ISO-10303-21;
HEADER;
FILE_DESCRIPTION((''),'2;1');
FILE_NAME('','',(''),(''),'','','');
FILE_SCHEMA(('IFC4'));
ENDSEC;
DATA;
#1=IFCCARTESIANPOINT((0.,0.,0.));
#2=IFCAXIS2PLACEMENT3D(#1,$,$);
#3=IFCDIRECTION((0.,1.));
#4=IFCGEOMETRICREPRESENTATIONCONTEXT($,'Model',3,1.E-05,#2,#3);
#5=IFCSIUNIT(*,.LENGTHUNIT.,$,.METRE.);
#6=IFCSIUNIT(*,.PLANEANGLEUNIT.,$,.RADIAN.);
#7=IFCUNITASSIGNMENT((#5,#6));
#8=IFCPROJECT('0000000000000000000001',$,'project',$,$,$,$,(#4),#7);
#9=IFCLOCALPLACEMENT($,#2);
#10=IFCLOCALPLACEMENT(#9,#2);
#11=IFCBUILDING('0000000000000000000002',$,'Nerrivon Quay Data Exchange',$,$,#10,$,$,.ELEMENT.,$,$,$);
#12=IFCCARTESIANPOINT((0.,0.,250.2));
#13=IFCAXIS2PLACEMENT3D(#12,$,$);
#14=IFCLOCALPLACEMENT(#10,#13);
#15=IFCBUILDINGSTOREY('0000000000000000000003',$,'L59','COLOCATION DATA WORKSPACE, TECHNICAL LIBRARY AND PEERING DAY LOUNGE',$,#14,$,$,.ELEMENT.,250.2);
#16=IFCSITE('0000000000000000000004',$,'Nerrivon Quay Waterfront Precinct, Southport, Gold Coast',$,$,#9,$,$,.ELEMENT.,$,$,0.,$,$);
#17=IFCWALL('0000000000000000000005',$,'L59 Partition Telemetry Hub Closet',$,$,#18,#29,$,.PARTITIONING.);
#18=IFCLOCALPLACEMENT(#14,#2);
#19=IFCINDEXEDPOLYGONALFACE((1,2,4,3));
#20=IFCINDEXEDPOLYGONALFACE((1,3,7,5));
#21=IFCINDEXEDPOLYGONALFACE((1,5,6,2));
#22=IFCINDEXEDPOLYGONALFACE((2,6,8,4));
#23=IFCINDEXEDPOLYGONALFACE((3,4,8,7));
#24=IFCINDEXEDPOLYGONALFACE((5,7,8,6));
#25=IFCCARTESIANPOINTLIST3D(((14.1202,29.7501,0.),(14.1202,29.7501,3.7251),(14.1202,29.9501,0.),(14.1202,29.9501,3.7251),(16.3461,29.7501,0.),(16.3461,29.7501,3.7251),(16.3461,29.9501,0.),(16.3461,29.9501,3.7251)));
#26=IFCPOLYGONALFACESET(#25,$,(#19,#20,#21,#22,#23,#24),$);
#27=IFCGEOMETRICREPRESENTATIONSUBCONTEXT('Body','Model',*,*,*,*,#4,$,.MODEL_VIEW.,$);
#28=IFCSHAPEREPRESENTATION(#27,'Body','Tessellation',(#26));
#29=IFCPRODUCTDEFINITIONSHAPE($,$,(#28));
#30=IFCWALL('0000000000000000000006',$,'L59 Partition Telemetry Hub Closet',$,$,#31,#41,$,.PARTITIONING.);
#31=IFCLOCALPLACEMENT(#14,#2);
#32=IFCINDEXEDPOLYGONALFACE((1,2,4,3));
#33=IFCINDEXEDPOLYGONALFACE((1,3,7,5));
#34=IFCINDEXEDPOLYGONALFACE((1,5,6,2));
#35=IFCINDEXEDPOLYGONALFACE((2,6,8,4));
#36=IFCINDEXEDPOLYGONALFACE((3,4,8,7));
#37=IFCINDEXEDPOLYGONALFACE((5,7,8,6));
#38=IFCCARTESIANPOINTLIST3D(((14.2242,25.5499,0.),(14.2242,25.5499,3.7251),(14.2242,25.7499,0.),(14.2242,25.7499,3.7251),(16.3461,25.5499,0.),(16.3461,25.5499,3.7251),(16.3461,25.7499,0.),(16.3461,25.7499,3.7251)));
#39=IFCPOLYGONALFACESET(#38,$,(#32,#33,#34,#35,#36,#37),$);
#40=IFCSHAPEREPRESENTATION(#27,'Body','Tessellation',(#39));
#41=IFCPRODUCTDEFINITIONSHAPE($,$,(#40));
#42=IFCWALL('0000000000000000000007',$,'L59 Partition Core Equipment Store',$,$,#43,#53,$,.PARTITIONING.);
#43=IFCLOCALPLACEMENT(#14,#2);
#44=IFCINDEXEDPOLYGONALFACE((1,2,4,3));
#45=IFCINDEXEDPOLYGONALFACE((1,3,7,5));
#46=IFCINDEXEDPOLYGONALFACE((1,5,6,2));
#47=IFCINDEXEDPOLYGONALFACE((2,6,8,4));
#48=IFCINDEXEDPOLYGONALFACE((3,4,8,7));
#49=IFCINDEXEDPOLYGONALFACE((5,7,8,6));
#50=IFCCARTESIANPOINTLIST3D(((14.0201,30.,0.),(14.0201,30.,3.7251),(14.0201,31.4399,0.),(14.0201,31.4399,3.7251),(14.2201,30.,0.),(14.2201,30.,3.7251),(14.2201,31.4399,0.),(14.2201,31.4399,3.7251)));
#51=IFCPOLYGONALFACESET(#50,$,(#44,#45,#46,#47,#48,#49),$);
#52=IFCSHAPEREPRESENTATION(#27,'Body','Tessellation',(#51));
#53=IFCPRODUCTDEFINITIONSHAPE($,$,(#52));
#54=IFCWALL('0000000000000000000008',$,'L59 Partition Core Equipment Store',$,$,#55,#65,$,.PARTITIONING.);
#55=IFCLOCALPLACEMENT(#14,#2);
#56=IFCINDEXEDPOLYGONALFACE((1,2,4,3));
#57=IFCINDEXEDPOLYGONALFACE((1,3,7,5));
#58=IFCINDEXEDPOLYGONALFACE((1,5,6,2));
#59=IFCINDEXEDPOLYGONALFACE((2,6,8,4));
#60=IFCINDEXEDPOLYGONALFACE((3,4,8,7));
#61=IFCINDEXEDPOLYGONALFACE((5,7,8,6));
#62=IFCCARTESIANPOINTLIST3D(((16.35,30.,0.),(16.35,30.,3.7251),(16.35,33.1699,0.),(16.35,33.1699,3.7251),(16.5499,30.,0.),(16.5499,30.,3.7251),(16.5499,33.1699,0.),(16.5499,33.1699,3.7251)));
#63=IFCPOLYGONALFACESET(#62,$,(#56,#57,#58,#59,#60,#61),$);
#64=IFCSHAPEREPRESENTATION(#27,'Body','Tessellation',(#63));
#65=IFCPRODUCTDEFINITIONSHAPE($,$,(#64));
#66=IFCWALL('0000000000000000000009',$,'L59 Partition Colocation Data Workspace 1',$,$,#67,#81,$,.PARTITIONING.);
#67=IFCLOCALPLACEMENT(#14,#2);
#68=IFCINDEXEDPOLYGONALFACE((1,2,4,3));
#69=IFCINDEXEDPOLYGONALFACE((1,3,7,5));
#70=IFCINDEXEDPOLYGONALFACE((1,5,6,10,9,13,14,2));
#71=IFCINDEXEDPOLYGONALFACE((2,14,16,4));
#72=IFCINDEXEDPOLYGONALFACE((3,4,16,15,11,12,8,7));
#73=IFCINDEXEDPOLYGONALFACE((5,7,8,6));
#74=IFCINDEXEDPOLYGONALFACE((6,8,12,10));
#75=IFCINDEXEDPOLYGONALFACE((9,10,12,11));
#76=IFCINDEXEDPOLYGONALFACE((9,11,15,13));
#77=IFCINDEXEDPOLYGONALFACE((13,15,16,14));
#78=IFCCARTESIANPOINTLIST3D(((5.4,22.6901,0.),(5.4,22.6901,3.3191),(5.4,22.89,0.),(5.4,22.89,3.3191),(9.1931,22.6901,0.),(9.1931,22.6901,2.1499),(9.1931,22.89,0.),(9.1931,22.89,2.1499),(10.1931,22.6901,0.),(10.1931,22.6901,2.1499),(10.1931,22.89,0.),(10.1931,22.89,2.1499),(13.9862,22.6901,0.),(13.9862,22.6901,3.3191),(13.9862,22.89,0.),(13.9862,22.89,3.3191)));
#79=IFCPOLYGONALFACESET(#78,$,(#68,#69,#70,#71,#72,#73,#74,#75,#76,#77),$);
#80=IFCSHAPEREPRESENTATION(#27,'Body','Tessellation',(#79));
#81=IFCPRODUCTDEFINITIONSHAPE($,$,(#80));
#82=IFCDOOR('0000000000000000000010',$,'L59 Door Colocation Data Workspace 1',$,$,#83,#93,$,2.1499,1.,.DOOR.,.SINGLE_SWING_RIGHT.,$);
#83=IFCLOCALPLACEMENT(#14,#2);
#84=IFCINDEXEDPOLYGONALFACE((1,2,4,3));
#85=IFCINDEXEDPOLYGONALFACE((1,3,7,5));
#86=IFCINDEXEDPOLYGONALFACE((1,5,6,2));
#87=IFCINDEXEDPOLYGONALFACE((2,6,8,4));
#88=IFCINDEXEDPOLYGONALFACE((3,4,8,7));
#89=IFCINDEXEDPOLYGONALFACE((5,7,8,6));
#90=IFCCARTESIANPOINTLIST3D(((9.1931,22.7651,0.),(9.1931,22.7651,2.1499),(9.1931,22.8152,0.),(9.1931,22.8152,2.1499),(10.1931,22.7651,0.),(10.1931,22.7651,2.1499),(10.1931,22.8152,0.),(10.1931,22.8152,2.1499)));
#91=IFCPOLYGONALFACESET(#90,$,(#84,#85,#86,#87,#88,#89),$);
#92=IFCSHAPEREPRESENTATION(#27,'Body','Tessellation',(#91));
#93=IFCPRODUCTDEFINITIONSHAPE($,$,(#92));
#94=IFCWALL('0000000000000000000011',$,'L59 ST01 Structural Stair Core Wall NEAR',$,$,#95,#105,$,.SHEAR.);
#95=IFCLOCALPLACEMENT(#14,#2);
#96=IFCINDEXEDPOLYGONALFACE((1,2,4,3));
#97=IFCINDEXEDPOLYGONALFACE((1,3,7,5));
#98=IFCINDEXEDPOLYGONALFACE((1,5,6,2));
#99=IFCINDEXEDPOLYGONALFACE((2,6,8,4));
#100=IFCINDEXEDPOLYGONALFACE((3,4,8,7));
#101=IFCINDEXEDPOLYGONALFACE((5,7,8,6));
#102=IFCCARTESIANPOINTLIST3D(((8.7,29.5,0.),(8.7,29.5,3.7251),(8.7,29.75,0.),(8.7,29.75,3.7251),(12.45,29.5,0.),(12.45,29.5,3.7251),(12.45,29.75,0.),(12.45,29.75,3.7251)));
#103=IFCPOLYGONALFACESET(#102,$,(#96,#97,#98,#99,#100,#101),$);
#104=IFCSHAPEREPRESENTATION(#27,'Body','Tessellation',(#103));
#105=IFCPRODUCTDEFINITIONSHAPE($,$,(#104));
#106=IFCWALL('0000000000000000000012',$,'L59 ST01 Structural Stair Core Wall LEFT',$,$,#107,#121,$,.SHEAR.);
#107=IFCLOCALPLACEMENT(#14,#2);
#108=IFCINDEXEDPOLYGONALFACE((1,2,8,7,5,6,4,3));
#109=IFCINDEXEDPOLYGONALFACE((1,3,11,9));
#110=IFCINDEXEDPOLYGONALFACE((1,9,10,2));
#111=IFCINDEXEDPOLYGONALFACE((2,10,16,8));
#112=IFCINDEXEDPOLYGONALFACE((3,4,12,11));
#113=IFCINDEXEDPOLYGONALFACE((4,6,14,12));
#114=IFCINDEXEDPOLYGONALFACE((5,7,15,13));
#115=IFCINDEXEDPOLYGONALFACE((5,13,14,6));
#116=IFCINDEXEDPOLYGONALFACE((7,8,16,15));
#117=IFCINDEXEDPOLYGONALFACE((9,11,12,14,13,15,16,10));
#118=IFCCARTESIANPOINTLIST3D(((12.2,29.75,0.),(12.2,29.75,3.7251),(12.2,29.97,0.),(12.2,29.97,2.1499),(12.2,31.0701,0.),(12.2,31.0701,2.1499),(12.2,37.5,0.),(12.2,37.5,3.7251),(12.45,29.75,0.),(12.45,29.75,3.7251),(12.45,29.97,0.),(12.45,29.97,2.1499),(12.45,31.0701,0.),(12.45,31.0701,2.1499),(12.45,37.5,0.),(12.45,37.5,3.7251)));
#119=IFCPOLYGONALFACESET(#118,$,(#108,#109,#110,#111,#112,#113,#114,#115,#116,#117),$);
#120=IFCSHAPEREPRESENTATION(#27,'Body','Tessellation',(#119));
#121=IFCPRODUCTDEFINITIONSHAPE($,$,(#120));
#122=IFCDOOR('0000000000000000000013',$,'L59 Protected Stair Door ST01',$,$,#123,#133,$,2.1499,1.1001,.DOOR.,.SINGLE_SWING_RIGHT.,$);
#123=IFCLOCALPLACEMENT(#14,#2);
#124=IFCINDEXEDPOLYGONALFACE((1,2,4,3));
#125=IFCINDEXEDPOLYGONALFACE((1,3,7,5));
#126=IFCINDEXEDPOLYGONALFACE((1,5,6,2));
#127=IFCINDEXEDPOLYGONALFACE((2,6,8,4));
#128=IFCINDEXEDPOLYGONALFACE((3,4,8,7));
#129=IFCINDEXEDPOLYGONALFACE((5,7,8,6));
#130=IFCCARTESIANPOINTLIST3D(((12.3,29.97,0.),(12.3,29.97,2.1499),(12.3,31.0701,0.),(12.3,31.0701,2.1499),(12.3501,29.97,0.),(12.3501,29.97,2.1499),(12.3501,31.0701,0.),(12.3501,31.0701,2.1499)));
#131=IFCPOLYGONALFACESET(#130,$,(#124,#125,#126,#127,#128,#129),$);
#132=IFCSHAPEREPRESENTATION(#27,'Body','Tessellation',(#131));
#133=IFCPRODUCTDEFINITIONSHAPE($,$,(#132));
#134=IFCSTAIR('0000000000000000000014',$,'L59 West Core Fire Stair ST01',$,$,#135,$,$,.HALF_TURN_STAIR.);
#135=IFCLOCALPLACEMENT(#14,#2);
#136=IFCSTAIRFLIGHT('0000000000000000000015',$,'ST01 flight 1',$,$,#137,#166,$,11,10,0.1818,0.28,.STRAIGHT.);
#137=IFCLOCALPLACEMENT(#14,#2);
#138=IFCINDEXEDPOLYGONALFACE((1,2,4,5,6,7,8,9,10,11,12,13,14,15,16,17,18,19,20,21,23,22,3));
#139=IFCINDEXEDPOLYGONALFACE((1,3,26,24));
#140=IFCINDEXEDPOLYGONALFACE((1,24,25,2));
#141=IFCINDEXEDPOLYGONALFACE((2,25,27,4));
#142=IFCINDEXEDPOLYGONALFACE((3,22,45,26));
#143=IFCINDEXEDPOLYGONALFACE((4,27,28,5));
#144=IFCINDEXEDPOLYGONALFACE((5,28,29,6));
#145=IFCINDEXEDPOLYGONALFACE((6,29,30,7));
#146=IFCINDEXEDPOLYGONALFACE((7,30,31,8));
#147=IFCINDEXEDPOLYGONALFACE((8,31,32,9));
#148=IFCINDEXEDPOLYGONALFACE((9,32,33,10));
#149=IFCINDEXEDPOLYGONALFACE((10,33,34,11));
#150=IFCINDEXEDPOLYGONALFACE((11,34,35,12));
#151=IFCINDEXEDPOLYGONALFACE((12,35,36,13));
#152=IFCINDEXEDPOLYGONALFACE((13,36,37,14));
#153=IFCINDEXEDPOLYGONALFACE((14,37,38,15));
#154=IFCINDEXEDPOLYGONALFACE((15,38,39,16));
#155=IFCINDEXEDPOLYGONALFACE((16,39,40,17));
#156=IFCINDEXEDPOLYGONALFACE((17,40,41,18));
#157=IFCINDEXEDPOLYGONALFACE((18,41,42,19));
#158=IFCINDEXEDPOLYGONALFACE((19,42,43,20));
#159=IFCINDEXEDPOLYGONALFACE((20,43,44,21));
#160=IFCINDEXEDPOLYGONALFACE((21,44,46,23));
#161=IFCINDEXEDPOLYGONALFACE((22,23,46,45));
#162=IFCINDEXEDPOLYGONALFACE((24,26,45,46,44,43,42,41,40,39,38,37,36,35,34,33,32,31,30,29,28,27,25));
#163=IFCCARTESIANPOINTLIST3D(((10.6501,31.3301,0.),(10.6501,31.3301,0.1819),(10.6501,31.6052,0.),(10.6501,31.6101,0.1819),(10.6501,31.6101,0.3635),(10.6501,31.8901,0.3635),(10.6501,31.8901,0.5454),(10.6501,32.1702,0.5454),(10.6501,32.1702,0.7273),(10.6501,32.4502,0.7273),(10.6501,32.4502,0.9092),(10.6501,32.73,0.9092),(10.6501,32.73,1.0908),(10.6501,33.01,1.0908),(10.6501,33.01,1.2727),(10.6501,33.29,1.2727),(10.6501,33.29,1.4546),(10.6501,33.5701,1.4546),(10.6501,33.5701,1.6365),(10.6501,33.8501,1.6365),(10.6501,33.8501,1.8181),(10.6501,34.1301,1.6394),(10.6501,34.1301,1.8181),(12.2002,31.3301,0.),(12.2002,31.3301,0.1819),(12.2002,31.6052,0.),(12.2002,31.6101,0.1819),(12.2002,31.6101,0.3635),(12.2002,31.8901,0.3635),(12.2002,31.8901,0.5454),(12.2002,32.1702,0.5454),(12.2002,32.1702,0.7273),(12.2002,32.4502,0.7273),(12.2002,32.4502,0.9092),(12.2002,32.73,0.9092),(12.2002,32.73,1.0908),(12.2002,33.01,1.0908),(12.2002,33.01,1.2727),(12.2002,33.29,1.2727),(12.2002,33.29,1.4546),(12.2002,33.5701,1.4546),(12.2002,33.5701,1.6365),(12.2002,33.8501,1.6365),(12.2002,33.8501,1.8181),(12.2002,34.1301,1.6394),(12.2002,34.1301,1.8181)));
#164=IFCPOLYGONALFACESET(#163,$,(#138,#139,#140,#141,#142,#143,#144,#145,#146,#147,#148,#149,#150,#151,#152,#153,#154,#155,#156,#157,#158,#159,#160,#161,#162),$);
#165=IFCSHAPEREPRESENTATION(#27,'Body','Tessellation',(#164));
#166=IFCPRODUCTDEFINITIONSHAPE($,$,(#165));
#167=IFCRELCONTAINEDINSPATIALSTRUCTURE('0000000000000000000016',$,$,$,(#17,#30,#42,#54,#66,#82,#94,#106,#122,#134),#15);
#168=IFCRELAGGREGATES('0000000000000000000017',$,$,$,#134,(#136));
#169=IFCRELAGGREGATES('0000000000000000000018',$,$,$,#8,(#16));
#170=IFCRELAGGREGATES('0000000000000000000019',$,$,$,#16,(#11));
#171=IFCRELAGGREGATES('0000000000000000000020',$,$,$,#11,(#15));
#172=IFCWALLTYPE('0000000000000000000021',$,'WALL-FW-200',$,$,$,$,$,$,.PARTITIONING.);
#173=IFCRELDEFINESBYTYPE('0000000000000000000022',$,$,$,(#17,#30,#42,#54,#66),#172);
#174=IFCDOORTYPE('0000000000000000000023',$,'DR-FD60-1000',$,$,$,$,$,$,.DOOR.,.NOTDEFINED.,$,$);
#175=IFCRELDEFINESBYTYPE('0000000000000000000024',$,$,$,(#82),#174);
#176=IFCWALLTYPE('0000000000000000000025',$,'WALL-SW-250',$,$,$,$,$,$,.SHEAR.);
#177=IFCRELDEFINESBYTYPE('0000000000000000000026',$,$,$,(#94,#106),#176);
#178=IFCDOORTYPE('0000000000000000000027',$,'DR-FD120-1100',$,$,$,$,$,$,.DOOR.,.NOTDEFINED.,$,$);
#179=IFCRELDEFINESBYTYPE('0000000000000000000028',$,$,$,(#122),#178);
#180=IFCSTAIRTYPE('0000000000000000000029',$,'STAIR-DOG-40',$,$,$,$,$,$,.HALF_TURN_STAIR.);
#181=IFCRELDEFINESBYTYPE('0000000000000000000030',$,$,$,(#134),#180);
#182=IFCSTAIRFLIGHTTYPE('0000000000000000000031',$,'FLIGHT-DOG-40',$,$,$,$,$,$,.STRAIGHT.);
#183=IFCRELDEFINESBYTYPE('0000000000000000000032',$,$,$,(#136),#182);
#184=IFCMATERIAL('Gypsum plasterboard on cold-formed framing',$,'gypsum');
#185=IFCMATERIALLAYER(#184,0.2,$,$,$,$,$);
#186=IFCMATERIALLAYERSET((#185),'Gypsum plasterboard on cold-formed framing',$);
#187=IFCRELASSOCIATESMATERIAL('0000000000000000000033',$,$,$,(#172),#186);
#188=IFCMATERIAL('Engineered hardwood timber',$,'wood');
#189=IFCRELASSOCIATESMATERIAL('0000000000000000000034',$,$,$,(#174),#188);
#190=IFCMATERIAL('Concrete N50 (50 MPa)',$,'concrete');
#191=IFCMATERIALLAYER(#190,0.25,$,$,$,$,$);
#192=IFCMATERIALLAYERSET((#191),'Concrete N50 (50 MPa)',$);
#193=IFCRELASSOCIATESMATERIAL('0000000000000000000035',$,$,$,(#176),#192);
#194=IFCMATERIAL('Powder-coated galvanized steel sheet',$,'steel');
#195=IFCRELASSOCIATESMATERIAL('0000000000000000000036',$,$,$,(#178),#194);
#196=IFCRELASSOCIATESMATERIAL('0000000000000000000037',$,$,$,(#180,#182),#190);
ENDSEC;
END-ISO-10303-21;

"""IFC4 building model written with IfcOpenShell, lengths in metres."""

from ifc_helpers import new_model, si_unit, direction, frame, frame_2d, origin, place, context, subcontext, project, spatial, polyline, rectangle, outline, extrude, material, layer, layer_set, type_object, element, fill, aggregate, save


model = new_model("IFC4")

# Units and contexts
model_context = context("Model", 3, precision=1e-05, world=origin(), true_north=direction((0.0, 1.0)))
body_context = subcontext(model_context, "Body", "Model", "MODEL_VIEW")
ifc_project = project(units=[si_unit("LENGTHUNIT", "METRE"), si_unit("PLANEANGLEUNIT", "RADIAN")], contexts=[model_context])

# Site, building, storey
site_placement = place(None, origin())
site = spatial("IfcSite", under=ifc_project, at=site_placement, Name="Nerrivon Quay Waterfront Precinct, Southport, Gold Coast", CompositionType="ELEMENT", RefElevation=0.0)
building_placement = place(site_placement, origin())
building = spatial("IfcBuilding", under=site, at=building_placement, Name="Nerrivon Quay Data Exchange", CompositionType="ELEMENT")
storey_placement = place(building_placement, frame((0.0, 0.0, 250.2)))
storey = spatial("IfcBuildingStorey", under=building, at=storey_placement, Name="L59", Description="COLOCATION DATA WORKSPACE, TECHNICAL LIBRARY AND PEERING DAY LOUNGE", CompositionType="ELEMENT", Elevation=250.2)

# Shared definitions
ifc_material_1 = material(Name="Concrete N50 (50 MPa)", Category="concrete")

# Shared definitions
ifc_material_2 = material(Name="Gypsum plasterboard on cold-formed framing", Category="gypsum")
ifc_layer_1 = layer(ifc_material_2, 0.2)
ifc_layer_set_1 = layer_set([ifc_layer_1], Name="Gypsum plasterboard on cold-formed framing")
wall_type_1 = type_object("IfcWallType", Name="WALL-FW-200", PredefinedType="PARTITIONING", material=ifc_layer_set_1)
ifc_material_3 = material(Name="Powder-coated galvanized steel sheet", Category="steel")

# Wall
wall_1_placement = place(storey_placement, frame((16.3459, 29.8501, 0.0), z_axis=(0.0, 0.0, 1.0), x_axis=(-1.0, 0.0, 0.0)))
element("IfcWall", 1, at=wall_1_placement, inside=storey, type_object=wall_type_1, Name="L59 Partition Telemetry Hub Closet", PredefinedType="PARTITIONING", context=body_context, shape_type="SweptSolid", body=[
    extrude(rectangle(XDim=2.2258, YDim=0.2, at=frame_2d((1.1128, 0.0))), origin(), (0.0, 0.0, 1.0), 3.7251),
])

# Shared definitions
ifc_material_4 = material(Name="Engineered hardwood timber", Category="wood")

# Walls
wall_2_placement = place(storey_placement, frame((14.2241, 25.6499, 0.0), z_axis=(0.0, 0.0, 1.0), x_axis=(1.0, 0.0, 0.0)))
element("IfcWall", 2, at=wall_2_placement, inside=storey, type_object=wall_type_1, Name="L59 Partition Telemetry Hub Closet", PredefinedType="PARTITIONING", context=body_context, shape_type="SweptSolid", body=[
    extrude(rectangle(XDim=2.1218, YDim=0.2, at=frame_2d((1.061, 0.0))), origin(), (0.0, 0.0, 1.0), 3.7251),
])
wall_3_placement = place(storey_placement, frame((14.1201, 31.4399, 0.0), z_axis=(0.0, 0.0, 1.0), x_axis=(0.0, -1.0, 0.0)))
element("IfcWall", 3, at=wall_3_placement, inside=storey, type_object=wall_type_1, Name="L59 Partition Core Equipment Store", PredefinedType="PARTITIONING", context=body_context, shape_type="SweptSolid", body=[
    extrude(rectangle(XDim=1.4399, YDim=0.2, at=frame_2d((0.72, 0.0))), origin(), (0.0, 0.0, 1.0), 3.7251),
])
wall_4_placement = place(storey_placement, frame((16.45, 30.0, 0.0), z_axis=(0.0, 0.0, 1.0), x_axis=(0.0, 1.0, 0.0)))
element("IfcWall", 4, at=wall_4_placement, inside=storey, type_object=wall_type_1, Name="L59 Partition Core Equipment Store", PredefinedType="PARTITIONING", context=body_context, shape_type="SweptSolid", body=[
    extrude(rectangle(XDim=3.1699, YDim=0.2, at=frame_2d((1.585, 0.0))), origin(), (0.0, 0.0, 1.0), 3.7251),
])

# Wall, opening, door
wall_5_placement = place(storey_placement, frame((13.9861, 22.79, 0.0), z_axis=(0.0, 0.0, 1.0), x_axis=(-1.0, 0.0, 0.0)))
wall_5 = element("IfcWall", 5, at=wall_5_placement, inside=storey, type_object=wall_type_1, Name="L59 Partition Colocation Data Workspace 1", PredefinedType="PARTITIONING", context=body_context, shape_type="SweptSolid", body=[
    extrude(rectangle(XDim=8.5862, YDim=0.2, at=frame_2d((4.293, 0.0))), origin(), (0.0, 0.0, 1.0), 3.3191),
])
opening_1_placement = place(wall_5_placement, frame((3.793, 0.0, 0.0)))
opening_1 = element("IfcOpeningElement", 6, at=opening_1_placement, cuts=wall_5, PredefinedType="OPENING", context=body_context, shape_type="SweptSolid", body=[
    extrude(rectangle(XDim=1.0, YDim=2.1499, at=frame_2d((0.5, 1.075))), frame((0.0, 0.1099, 0.0), z_axis=(0.0, -1.0, 0.0), x_axis=(1.0, 0.0, 0.0)), (0.0, 0.0, 1.0), 0.22),
])
door_type_1 = type_object("IfcDoorType", Name="DR-FD60-1000", OperationType="NOTDEFINED", PredefinedType="DOOR", material=ifc_material_4)
door_1_placement = place(opening_1_placement, origin())
door_1 = element("IfcDoor", 7, at=door_1_placement, inside=storey, type_object=door_type_1, Name="L59 Door Colocation Data Workspace 1", OperationType="SINGLE_SWING_RIGHT", OverallHeight=2.1499, OverallWidth=1.0, PredefinedType="DOOR", context=body_context, shape_type="SweptSolid", body=[
    extrude(rectangle(XDim=1.0, YDim=2.1499, at=frame_2d((0.5, 1.075))), frame((0.0, 0.0249, 0.0), z_axis=(0.0, -1.0, 0.0), x_axis=(1.0, 0.0, 0.0)), (0.0, 0.0, 1.0), 0.05),
])
fill(opening_1, door_1)

# Wall
ifc_layer_2 = layer(ifc_material_1, 0.25)
ifc_layer_set_2 = layer_set([ifc_layer_2], Name="Concrete N50 (50 MPa)")
wall_type_2 = type_object("IfcWallType", Name="WALL-SW-250", PredefinedType="SHEAR", material=ifc_layer_set_2)
wall_6_placement = place(storey_placement, frame((12.45, 29.625, 0.0), z_axis=(0.0, 0.0, 1.0), x_axis=(-1.0, 0.0, 0.0)))
element("IfcWall", 8, at=wall_6_placement, inside=storey, type_object=wall_type_2, Name="L59 ST01 Structural Stair Core Wall NEAR", PredefinedType="SHEAR", context=body_context, shape_type="SweptSolid", body=[
    extrude(rectangle(XDim=3.75, YDim=0.25, at=frame_2d((1.875, 0.0))), origin(), (0.0, 0.0, 1.0), 3.7251),
])

# Wall, opening, door
wall_7_placement = place(storey_placement, frame((12.325, 29.75, 0.0), z_axis=(0.0, 0.0, 1.0), x_axis=(0.0, 1.0, 0.0)))
wall_7 = element("IfcWall", 9, at=wall_7_placement, inside=storey, type_object=wall_type_2, Name="L59 ST01 Structural Stair Core Wall LEFT", PredefinedType="SHEAR", context=body_context, shape_type="SweptSolid", body=[
    extrude(rectangle(XDim=7.75, YDim=0.25, at=frame_2d((3.875, 0.0))), origin(), (0.0, 0.0, 1.0), 3.7251),
])
opening_2_placement = place(wall_7_placement, frame((0.22, 0.0, 0.0)))
opening_2 = element("IfcOpeningElement", 10, at=opening_2_placement, cuts=wall_7, PredefinedType="OPENING", context=body_context, shape_type="SweptSolid", body=[
    extrude(rectangle(XDim=1.1001, YDim=2.1499, at=frame_2d((0.55, 1.075))), frame((0.0, 0.135, 0.0), z_axis=(0.0, -1.0, 0.0), x_axis=(1.0, 0.0, 0.0)), (0.0, 0.0, 1.0), 0.27),
])
door_type_2 = type_object("IfcDoorType", Name="DR-FD120-1100", OperationType="NOTDEFINED", PredefinedType="DOOR", material=ifc_material_3)
door_2_placement = place(opening_2_placement, origin())
door_2 = element("IfcDoor", 11, at=door_2_placement, inside=storey, type_object=door_type_2, Name="L59 Protected Stair Door ST01", OperationType="SINGLE_SWING_RIGHT", OverallHeight=2.1499, OverallWidth=1.1001, PredefinedType="DOOR", context=body_context, shape_type="SweptSolid", body=[
    extrude(rectangle(XDim=1.1001, YDim=2.1499, at=frame_2d((0.55, 1.075))), frame((0.0, 0.0249, 0.0), z_axis=(0.0, -1.0, 0.0), x_axis=(1.0, 0.0, 0.0)), (0.0, 0.0, 1.0), 0.05),
])
fill(opening_2, door_2)

# Stair, stair flight
stair_type = type_object("IfcStairType", Name="STAIR-DOG-40", PredefinedType="HALF_TURN_STAIR", material=ifc_material_1)
stair_placement = place(storey_placement, origin())
stair = element("IfcStair", 12, at=stair_placement, inside=storey, type_object=stair_type, Name="L59 West Core Fire Stair ST01", PredefinedType="HALF_TURN_STAIR")
stair_flight_type = type_object("IfcStairFlightType", Name="FLIGHT-DOG-40", PredefinedType="STRAIGHT", material=ifc_material_1)
stair_flight_placement = place(storey_placement, frame((11.425, 31.3301, 0.0), z_axis=(0.0, 0.0, 1.0), x_axis=(0.0, 1.0, 0.0)))
stair_flight = element("IfcStairFlight", 13, at=stair_flight_placement, type_object=stair_flight_type, Name="ST01 flight 1", NumberOfRisers=11, NumberOfTreads=10, PredefinedType="STRAIGHT", RiserHeight=0.1818, TreadLength=0.28, context=body_context, shape_type="SweptSolid", body=[
    extrude(outline(polyline([(0.0, 0.0), (0.0, 0.1819), (0.28, 0.1819), (0.28, 0.3635), (0.5601, 0.3635), (0.5601, 0.5454), (0.8401, 0.5454), (0.8401, 0.7273), (1.1201, 0.7273), (1.1201, 0.9092), (1.3999, 0.9092), (1.3999, 1.0908), (1.6799, 1.0908), (1.6799, 1.2727), (1.96, 1.2727), (1.96, 1.4546), (2.24, 1.4546), (2.24, 1.6365), (2.52, 1.6365), (2.52, 1.8181), (2.8, 1.8181), (2.8, 2.0), (2.8, 1.6394), (0.2751, 0.0), (0.0, 0.0)])), frame((0.0, 0.7749, 0.0), z_axis=(0.0, -1.0, 0.0), x_axis=(1.0, 0.0, 0.0)), (0.0, 0.0, 1.0), 1.55),
])
aggregate(stair, [stair_flight])

save(model, "model.ifc")
